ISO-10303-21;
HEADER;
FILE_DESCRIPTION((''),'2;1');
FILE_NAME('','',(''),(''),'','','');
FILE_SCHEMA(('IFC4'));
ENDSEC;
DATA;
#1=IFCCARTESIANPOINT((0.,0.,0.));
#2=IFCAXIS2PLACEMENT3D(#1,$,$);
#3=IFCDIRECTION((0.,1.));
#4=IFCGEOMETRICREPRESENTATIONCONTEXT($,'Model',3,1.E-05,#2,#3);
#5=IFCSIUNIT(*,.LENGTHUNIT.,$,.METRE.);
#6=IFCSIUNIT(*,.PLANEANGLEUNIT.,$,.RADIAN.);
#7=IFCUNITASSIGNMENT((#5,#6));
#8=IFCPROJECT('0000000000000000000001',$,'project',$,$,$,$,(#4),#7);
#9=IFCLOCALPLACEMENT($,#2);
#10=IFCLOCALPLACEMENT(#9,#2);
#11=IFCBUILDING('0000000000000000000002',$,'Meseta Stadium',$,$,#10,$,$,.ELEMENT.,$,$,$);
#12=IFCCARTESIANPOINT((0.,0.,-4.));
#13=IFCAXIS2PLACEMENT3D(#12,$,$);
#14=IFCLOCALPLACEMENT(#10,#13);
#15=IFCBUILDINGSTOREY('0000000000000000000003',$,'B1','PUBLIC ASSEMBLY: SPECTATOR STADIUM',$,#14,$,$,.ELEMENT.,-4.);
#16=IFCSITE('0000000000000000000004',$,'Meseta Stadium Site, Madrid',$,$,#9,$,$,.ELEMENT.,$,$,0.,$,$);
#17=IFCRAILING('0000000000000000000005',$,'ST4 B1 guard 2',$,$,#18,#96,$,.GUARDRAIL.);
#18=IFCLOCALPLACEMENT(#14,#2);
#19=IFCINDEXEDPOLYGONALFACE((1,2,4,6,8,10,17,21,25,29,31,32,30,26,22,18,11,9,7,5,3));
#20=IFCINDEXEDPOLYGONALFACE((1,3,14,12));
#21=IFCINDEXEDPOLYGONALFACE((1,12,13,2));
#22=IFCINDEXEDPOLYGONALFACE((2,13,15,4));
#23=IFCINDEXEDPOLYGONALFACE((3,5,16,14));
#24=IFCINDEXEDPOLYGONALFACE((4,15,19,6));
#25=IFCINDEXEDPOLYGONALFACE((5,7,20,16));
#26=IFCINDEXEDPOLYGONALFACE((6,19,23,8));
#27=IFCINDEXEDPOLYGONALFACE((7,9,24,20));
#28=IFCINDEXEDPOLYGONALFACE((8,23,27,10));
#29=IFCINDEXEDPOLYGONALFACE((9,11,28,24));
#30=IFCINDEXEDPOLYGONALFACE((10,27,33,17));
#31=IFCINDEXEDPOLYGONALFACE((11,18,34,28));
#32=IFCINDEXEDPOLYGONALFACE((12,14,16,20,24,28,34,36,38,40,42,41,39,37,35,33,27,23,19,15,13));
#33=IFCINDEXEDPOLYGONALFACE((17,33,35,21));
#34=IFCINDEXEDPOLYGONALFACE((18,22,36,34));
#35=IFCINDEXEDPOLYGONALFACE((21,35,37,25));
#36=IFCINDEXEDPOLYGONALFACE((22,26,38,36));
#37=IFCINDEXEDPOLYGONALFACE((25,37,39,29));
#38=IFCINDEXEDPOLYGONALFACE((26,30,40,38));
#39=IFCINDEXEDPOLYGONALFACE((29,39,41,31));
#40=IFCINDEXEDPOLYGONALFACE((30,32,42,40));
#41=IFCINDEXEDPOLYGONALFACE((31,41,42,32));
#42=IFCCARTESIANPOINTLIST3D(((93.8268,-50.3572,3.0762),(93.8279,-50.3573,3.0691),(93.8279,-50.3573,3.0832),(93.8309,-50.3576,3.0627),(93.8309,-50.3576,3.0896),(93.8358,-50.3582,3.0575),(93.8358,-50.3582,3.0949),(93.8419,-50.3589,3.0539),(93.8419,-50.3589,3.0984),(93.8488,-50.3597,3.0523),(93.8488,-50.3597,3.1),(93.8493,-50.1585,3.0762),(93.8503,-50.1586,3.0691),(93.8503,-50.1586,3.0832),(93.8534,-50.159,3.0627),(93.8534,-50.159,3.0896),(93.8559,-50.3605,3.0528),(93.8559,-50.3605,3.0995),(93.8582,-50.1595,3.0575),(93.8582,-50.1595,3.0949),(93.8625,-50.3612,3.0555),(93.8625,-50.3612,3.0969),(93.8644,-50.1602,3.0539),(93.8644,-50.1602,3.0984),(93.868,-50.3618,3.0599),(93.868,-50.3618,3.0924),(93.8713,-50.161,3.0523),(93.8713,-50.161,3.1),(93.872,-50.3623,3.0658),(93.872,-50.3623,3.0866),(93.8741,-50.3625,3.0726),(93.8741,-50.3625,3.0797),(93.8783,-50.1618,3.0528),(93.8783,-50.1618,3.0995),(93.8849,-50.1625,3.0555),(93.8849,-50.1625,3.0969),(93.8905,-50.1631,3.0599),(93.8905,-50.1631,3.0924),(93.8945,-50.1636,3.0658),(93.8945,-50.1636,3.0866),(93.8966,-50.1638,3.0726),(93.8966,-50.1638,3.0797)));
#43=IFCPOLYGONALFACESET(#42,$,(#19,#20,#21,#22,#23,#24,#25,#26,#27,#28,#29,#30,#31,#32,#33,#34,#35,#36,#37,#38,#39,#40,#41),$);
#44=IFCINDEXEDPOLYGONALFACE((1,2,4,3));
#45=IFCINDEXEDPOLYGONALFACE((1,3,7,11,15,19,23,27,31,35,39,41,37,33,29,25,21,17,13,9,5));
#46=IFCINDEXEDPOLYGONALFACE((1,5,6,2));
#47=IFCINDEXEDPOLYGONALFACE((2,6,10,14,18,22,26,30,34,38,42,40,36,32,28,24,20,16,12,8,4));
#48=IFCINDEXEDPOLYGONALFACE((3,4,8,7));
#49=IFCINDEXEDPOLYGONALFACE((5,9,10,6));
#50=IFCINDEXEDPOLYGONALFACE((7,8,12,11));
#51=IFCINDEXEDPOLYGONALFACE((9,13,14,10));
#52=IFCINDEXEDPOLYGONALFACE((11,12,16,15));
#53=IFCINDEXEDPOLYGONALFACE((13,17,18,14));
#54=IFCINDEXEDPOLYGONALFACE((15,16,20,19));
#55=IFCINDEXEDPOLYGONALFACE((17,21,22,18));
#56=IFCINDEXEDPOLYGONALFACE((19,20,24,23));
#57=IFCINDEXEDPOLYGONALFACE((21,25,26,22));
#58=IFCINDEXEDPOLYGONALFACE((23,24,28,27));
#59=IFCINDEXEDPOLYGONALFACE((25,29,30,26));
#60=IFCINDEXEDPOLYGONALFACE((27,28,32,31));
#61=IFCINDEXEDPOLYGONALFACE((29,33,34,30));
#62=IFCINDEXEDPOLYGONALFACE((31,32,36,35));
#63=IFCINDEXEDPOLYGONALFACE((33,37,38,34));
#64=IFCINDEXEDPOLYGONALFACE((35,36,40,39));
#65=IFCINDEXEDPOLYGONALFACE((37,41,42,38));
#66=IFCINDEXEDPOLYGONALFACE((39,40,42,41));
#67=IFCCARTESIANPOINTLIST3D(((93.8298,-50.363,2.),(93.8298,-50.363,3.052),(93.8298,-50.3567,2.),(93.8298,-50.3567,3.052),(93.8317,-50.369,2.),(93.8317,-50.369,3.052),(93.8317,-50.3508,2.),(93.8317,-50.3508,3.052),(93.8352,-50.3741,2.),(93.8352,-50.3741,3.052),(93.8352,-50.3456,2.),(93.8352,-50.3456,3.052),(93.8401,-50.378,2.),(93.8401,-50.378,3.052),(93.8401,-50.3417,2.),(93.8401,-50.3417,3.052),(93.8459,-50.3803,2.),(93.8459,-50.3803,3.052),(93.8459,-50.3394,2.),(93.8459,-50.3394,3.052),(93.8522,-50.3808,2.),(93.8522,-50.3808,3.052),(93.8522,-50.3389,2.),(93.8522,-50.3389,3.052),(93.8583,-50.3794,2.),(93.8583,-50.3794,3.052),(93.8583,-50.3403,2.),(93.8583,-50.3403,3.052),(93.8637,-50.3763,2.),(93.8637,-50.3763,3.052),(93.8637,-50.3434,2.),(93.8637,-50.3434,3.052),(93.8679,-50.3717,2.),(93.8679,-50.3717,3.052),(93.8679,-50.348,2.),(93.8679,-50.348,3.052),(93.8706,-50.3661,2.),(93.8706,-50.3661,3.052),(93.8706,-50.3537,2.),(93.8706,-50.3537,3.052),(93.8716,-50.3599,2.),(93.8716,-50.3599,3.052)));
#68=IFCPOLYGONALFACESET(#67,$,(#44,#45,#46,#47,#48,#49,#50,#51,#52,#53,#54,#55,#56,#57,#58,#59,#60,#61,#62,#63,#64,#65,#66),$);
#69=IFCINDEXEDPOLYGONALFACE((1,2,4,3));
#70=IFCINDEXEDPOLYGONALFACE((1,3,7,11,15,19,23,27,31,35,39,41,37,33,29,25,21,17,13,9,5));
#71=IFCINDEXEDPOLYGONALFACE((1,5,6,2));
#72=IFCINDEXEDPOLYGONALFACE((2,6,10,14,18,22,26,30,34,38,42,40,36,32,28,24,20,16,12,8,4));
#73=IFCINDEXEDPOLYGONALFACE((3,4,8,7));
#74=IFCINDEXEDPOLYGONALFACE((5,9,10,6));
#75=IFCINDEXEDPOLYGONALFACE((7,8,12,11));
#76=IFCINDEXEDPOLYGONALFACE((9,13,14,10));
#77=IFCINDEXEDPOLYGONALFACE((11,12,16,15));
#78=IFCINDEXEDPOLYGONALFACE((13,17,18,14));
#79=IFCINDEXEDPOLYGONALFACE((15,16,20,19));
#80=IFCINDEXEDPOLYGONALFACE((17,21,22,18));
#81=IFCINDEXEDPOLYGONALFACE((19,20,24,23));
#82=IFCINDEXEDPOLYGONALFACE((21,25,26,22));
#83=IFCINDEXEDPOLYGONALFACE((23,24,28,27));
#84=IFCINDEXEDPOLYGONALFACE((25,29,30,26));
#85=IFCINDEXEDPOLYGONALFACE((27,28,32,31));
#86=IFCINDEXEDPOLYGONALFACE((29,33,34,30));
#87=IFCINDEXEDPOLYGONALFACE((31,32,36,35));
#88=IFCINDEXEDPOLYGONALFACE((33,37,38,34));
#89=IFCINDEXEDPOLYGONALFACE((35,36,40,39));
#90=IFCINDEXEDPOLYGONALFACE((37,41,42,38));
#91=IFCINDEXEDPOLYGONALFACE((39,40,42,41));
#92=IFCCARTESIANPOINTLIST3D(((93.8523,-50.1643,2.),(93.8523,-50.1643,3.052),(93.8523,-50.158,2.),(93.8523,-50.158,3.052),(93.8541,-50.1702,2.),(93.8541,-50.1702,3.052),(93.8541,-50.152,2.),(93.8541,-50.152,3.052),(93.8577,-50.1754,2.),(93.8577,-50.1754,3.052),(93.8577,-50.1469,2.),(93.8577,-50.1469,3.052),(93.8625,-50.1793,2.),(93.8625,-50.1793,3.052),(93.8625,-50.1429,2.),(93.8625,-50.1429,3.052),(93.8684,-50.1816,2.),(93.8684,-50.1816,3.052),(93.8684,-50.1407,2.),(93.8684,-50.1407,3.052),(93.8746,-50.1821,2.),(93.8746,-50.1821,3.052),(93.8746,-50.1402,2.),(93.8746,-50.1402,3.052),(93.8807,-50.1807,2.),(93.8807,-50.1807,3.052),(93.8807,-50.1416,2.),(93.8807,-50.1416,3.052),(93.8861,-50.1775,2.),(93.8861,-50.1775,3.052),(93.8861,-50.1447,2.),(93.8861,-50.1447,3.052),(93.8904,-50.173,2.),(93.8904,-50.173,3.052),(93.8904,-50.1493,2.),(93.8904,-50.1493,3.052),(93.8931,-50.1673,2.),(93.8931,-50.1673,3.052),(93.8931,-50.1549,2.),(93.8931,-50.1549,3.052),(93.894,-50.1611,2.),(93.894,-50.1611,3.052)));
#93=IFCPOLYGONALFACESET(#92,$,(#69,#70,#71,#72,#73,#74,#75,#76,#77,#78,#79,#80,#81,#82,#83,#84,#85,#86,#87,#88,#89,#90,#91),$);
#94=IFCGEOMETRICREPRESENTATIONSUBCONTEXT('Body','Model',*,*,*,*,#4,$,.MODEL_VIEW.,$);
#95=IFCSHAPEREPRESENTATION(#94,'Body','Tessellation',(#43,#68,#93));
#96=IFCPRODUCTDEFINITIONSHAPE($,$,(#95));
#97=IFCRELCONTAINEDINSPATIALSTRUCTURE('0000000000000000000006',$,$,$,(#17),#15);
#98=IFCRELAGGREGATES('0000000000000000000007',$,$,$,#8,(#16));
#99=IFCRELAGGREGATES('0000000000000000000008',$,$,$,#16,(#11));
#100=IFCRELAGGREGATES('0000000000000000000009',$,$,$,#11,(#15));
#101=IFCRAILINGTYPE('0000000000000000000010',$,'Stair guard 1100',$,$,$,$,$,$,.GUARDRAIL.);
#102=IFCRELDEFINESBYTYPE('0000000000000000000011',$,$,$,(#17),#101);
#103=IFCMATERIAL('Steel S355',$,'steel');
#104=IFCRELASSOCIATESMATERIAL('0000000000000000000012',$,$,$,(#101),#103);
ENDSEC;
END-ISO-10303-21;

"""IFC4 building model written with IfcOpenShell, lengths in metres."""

from ifc_helpers import new_model, si_unit, direction, frame, origin, origin_2d, place, context, subcontext, project, spatial, circle, extrude, material, type_object, element, save


model = new_model("IFC4")

# Units and contexts
model_context = context("Model", 3, precision=1e-05, world=origin(), true_north=direction((0.0, 1.0)))
body_context = subcontext(model_context, "Body", "Model", "MODEL_VIEW")
ifc_project = project(units=[si_unit("LENGTHUNIT", "METRE"), si_unit("PLANEANGLEUNIT", "RADIAN")], contexts=[model_context])

# Site, building, storey
site_placement = place(None, origin())
site = spatial("IfcSite", under=ifc_project, at=site_placement, Name="Meseta Stadium Site, Madrid", CompositionType="ELEMENT", RefElevation=0.0)
building_placement = place(site_placement, origin())
building = spatial("IfcBuilding", under=site, at=building_placement, Name="Meseta Stadium", CompositionType="ELEMENT")
storey_placement = place(building_placement, frame((0.0, 0.0, -4.0)))
storey = spatial("IfcBuildingStorey", under=building, at=storey_placement, Name="B1", Description="PUBLIC ASSEMBLY: SPECTATOR STADIUM", CompositionType="ELEMENT", Elevation=-4.0)

# Railing
ifc_material_1 = material(Name="Steel S355", Category="steel")
railing_type_1 = type_object("IfcRailingType", Name="Stair guard 1100", PredefinedType="GUARDRAIL", material=ifc_material_1)
railing_1_placement = place(storey_placement, frame((93.8506, -50.3599, 2.0)))
element("IfcRailing", 1, at=railing_1_placement, inside=storey, type_object=railing_type_1, Name="ST4 B1 guard 2", PredefinedType="GUARDRAIL", context=body_context, shape_type="SweptSolid", body=[
    extrude(circle(Radius=0.0239, at=origin_2d()), frame((0.0, 0.0, 1.0762), z_axis=(0.112307, 0.993674, 0.0), x_axis=(-0.993674, 0.112307, 0.0)), (0.0, 0.0, 1.0), 0.2),
    extrude(circle(Radius=0.021, at=origin_2d()), origin(), (0.0, 0.0, 1.0), 1.052),
    extrude(circle(Radius=0.021, at=origin_2d()), frame((0.0225, 0.1987, 0.0)), (0.0, 0.0, 1.0), 1.052),
])

save(model, "model.ifc")
